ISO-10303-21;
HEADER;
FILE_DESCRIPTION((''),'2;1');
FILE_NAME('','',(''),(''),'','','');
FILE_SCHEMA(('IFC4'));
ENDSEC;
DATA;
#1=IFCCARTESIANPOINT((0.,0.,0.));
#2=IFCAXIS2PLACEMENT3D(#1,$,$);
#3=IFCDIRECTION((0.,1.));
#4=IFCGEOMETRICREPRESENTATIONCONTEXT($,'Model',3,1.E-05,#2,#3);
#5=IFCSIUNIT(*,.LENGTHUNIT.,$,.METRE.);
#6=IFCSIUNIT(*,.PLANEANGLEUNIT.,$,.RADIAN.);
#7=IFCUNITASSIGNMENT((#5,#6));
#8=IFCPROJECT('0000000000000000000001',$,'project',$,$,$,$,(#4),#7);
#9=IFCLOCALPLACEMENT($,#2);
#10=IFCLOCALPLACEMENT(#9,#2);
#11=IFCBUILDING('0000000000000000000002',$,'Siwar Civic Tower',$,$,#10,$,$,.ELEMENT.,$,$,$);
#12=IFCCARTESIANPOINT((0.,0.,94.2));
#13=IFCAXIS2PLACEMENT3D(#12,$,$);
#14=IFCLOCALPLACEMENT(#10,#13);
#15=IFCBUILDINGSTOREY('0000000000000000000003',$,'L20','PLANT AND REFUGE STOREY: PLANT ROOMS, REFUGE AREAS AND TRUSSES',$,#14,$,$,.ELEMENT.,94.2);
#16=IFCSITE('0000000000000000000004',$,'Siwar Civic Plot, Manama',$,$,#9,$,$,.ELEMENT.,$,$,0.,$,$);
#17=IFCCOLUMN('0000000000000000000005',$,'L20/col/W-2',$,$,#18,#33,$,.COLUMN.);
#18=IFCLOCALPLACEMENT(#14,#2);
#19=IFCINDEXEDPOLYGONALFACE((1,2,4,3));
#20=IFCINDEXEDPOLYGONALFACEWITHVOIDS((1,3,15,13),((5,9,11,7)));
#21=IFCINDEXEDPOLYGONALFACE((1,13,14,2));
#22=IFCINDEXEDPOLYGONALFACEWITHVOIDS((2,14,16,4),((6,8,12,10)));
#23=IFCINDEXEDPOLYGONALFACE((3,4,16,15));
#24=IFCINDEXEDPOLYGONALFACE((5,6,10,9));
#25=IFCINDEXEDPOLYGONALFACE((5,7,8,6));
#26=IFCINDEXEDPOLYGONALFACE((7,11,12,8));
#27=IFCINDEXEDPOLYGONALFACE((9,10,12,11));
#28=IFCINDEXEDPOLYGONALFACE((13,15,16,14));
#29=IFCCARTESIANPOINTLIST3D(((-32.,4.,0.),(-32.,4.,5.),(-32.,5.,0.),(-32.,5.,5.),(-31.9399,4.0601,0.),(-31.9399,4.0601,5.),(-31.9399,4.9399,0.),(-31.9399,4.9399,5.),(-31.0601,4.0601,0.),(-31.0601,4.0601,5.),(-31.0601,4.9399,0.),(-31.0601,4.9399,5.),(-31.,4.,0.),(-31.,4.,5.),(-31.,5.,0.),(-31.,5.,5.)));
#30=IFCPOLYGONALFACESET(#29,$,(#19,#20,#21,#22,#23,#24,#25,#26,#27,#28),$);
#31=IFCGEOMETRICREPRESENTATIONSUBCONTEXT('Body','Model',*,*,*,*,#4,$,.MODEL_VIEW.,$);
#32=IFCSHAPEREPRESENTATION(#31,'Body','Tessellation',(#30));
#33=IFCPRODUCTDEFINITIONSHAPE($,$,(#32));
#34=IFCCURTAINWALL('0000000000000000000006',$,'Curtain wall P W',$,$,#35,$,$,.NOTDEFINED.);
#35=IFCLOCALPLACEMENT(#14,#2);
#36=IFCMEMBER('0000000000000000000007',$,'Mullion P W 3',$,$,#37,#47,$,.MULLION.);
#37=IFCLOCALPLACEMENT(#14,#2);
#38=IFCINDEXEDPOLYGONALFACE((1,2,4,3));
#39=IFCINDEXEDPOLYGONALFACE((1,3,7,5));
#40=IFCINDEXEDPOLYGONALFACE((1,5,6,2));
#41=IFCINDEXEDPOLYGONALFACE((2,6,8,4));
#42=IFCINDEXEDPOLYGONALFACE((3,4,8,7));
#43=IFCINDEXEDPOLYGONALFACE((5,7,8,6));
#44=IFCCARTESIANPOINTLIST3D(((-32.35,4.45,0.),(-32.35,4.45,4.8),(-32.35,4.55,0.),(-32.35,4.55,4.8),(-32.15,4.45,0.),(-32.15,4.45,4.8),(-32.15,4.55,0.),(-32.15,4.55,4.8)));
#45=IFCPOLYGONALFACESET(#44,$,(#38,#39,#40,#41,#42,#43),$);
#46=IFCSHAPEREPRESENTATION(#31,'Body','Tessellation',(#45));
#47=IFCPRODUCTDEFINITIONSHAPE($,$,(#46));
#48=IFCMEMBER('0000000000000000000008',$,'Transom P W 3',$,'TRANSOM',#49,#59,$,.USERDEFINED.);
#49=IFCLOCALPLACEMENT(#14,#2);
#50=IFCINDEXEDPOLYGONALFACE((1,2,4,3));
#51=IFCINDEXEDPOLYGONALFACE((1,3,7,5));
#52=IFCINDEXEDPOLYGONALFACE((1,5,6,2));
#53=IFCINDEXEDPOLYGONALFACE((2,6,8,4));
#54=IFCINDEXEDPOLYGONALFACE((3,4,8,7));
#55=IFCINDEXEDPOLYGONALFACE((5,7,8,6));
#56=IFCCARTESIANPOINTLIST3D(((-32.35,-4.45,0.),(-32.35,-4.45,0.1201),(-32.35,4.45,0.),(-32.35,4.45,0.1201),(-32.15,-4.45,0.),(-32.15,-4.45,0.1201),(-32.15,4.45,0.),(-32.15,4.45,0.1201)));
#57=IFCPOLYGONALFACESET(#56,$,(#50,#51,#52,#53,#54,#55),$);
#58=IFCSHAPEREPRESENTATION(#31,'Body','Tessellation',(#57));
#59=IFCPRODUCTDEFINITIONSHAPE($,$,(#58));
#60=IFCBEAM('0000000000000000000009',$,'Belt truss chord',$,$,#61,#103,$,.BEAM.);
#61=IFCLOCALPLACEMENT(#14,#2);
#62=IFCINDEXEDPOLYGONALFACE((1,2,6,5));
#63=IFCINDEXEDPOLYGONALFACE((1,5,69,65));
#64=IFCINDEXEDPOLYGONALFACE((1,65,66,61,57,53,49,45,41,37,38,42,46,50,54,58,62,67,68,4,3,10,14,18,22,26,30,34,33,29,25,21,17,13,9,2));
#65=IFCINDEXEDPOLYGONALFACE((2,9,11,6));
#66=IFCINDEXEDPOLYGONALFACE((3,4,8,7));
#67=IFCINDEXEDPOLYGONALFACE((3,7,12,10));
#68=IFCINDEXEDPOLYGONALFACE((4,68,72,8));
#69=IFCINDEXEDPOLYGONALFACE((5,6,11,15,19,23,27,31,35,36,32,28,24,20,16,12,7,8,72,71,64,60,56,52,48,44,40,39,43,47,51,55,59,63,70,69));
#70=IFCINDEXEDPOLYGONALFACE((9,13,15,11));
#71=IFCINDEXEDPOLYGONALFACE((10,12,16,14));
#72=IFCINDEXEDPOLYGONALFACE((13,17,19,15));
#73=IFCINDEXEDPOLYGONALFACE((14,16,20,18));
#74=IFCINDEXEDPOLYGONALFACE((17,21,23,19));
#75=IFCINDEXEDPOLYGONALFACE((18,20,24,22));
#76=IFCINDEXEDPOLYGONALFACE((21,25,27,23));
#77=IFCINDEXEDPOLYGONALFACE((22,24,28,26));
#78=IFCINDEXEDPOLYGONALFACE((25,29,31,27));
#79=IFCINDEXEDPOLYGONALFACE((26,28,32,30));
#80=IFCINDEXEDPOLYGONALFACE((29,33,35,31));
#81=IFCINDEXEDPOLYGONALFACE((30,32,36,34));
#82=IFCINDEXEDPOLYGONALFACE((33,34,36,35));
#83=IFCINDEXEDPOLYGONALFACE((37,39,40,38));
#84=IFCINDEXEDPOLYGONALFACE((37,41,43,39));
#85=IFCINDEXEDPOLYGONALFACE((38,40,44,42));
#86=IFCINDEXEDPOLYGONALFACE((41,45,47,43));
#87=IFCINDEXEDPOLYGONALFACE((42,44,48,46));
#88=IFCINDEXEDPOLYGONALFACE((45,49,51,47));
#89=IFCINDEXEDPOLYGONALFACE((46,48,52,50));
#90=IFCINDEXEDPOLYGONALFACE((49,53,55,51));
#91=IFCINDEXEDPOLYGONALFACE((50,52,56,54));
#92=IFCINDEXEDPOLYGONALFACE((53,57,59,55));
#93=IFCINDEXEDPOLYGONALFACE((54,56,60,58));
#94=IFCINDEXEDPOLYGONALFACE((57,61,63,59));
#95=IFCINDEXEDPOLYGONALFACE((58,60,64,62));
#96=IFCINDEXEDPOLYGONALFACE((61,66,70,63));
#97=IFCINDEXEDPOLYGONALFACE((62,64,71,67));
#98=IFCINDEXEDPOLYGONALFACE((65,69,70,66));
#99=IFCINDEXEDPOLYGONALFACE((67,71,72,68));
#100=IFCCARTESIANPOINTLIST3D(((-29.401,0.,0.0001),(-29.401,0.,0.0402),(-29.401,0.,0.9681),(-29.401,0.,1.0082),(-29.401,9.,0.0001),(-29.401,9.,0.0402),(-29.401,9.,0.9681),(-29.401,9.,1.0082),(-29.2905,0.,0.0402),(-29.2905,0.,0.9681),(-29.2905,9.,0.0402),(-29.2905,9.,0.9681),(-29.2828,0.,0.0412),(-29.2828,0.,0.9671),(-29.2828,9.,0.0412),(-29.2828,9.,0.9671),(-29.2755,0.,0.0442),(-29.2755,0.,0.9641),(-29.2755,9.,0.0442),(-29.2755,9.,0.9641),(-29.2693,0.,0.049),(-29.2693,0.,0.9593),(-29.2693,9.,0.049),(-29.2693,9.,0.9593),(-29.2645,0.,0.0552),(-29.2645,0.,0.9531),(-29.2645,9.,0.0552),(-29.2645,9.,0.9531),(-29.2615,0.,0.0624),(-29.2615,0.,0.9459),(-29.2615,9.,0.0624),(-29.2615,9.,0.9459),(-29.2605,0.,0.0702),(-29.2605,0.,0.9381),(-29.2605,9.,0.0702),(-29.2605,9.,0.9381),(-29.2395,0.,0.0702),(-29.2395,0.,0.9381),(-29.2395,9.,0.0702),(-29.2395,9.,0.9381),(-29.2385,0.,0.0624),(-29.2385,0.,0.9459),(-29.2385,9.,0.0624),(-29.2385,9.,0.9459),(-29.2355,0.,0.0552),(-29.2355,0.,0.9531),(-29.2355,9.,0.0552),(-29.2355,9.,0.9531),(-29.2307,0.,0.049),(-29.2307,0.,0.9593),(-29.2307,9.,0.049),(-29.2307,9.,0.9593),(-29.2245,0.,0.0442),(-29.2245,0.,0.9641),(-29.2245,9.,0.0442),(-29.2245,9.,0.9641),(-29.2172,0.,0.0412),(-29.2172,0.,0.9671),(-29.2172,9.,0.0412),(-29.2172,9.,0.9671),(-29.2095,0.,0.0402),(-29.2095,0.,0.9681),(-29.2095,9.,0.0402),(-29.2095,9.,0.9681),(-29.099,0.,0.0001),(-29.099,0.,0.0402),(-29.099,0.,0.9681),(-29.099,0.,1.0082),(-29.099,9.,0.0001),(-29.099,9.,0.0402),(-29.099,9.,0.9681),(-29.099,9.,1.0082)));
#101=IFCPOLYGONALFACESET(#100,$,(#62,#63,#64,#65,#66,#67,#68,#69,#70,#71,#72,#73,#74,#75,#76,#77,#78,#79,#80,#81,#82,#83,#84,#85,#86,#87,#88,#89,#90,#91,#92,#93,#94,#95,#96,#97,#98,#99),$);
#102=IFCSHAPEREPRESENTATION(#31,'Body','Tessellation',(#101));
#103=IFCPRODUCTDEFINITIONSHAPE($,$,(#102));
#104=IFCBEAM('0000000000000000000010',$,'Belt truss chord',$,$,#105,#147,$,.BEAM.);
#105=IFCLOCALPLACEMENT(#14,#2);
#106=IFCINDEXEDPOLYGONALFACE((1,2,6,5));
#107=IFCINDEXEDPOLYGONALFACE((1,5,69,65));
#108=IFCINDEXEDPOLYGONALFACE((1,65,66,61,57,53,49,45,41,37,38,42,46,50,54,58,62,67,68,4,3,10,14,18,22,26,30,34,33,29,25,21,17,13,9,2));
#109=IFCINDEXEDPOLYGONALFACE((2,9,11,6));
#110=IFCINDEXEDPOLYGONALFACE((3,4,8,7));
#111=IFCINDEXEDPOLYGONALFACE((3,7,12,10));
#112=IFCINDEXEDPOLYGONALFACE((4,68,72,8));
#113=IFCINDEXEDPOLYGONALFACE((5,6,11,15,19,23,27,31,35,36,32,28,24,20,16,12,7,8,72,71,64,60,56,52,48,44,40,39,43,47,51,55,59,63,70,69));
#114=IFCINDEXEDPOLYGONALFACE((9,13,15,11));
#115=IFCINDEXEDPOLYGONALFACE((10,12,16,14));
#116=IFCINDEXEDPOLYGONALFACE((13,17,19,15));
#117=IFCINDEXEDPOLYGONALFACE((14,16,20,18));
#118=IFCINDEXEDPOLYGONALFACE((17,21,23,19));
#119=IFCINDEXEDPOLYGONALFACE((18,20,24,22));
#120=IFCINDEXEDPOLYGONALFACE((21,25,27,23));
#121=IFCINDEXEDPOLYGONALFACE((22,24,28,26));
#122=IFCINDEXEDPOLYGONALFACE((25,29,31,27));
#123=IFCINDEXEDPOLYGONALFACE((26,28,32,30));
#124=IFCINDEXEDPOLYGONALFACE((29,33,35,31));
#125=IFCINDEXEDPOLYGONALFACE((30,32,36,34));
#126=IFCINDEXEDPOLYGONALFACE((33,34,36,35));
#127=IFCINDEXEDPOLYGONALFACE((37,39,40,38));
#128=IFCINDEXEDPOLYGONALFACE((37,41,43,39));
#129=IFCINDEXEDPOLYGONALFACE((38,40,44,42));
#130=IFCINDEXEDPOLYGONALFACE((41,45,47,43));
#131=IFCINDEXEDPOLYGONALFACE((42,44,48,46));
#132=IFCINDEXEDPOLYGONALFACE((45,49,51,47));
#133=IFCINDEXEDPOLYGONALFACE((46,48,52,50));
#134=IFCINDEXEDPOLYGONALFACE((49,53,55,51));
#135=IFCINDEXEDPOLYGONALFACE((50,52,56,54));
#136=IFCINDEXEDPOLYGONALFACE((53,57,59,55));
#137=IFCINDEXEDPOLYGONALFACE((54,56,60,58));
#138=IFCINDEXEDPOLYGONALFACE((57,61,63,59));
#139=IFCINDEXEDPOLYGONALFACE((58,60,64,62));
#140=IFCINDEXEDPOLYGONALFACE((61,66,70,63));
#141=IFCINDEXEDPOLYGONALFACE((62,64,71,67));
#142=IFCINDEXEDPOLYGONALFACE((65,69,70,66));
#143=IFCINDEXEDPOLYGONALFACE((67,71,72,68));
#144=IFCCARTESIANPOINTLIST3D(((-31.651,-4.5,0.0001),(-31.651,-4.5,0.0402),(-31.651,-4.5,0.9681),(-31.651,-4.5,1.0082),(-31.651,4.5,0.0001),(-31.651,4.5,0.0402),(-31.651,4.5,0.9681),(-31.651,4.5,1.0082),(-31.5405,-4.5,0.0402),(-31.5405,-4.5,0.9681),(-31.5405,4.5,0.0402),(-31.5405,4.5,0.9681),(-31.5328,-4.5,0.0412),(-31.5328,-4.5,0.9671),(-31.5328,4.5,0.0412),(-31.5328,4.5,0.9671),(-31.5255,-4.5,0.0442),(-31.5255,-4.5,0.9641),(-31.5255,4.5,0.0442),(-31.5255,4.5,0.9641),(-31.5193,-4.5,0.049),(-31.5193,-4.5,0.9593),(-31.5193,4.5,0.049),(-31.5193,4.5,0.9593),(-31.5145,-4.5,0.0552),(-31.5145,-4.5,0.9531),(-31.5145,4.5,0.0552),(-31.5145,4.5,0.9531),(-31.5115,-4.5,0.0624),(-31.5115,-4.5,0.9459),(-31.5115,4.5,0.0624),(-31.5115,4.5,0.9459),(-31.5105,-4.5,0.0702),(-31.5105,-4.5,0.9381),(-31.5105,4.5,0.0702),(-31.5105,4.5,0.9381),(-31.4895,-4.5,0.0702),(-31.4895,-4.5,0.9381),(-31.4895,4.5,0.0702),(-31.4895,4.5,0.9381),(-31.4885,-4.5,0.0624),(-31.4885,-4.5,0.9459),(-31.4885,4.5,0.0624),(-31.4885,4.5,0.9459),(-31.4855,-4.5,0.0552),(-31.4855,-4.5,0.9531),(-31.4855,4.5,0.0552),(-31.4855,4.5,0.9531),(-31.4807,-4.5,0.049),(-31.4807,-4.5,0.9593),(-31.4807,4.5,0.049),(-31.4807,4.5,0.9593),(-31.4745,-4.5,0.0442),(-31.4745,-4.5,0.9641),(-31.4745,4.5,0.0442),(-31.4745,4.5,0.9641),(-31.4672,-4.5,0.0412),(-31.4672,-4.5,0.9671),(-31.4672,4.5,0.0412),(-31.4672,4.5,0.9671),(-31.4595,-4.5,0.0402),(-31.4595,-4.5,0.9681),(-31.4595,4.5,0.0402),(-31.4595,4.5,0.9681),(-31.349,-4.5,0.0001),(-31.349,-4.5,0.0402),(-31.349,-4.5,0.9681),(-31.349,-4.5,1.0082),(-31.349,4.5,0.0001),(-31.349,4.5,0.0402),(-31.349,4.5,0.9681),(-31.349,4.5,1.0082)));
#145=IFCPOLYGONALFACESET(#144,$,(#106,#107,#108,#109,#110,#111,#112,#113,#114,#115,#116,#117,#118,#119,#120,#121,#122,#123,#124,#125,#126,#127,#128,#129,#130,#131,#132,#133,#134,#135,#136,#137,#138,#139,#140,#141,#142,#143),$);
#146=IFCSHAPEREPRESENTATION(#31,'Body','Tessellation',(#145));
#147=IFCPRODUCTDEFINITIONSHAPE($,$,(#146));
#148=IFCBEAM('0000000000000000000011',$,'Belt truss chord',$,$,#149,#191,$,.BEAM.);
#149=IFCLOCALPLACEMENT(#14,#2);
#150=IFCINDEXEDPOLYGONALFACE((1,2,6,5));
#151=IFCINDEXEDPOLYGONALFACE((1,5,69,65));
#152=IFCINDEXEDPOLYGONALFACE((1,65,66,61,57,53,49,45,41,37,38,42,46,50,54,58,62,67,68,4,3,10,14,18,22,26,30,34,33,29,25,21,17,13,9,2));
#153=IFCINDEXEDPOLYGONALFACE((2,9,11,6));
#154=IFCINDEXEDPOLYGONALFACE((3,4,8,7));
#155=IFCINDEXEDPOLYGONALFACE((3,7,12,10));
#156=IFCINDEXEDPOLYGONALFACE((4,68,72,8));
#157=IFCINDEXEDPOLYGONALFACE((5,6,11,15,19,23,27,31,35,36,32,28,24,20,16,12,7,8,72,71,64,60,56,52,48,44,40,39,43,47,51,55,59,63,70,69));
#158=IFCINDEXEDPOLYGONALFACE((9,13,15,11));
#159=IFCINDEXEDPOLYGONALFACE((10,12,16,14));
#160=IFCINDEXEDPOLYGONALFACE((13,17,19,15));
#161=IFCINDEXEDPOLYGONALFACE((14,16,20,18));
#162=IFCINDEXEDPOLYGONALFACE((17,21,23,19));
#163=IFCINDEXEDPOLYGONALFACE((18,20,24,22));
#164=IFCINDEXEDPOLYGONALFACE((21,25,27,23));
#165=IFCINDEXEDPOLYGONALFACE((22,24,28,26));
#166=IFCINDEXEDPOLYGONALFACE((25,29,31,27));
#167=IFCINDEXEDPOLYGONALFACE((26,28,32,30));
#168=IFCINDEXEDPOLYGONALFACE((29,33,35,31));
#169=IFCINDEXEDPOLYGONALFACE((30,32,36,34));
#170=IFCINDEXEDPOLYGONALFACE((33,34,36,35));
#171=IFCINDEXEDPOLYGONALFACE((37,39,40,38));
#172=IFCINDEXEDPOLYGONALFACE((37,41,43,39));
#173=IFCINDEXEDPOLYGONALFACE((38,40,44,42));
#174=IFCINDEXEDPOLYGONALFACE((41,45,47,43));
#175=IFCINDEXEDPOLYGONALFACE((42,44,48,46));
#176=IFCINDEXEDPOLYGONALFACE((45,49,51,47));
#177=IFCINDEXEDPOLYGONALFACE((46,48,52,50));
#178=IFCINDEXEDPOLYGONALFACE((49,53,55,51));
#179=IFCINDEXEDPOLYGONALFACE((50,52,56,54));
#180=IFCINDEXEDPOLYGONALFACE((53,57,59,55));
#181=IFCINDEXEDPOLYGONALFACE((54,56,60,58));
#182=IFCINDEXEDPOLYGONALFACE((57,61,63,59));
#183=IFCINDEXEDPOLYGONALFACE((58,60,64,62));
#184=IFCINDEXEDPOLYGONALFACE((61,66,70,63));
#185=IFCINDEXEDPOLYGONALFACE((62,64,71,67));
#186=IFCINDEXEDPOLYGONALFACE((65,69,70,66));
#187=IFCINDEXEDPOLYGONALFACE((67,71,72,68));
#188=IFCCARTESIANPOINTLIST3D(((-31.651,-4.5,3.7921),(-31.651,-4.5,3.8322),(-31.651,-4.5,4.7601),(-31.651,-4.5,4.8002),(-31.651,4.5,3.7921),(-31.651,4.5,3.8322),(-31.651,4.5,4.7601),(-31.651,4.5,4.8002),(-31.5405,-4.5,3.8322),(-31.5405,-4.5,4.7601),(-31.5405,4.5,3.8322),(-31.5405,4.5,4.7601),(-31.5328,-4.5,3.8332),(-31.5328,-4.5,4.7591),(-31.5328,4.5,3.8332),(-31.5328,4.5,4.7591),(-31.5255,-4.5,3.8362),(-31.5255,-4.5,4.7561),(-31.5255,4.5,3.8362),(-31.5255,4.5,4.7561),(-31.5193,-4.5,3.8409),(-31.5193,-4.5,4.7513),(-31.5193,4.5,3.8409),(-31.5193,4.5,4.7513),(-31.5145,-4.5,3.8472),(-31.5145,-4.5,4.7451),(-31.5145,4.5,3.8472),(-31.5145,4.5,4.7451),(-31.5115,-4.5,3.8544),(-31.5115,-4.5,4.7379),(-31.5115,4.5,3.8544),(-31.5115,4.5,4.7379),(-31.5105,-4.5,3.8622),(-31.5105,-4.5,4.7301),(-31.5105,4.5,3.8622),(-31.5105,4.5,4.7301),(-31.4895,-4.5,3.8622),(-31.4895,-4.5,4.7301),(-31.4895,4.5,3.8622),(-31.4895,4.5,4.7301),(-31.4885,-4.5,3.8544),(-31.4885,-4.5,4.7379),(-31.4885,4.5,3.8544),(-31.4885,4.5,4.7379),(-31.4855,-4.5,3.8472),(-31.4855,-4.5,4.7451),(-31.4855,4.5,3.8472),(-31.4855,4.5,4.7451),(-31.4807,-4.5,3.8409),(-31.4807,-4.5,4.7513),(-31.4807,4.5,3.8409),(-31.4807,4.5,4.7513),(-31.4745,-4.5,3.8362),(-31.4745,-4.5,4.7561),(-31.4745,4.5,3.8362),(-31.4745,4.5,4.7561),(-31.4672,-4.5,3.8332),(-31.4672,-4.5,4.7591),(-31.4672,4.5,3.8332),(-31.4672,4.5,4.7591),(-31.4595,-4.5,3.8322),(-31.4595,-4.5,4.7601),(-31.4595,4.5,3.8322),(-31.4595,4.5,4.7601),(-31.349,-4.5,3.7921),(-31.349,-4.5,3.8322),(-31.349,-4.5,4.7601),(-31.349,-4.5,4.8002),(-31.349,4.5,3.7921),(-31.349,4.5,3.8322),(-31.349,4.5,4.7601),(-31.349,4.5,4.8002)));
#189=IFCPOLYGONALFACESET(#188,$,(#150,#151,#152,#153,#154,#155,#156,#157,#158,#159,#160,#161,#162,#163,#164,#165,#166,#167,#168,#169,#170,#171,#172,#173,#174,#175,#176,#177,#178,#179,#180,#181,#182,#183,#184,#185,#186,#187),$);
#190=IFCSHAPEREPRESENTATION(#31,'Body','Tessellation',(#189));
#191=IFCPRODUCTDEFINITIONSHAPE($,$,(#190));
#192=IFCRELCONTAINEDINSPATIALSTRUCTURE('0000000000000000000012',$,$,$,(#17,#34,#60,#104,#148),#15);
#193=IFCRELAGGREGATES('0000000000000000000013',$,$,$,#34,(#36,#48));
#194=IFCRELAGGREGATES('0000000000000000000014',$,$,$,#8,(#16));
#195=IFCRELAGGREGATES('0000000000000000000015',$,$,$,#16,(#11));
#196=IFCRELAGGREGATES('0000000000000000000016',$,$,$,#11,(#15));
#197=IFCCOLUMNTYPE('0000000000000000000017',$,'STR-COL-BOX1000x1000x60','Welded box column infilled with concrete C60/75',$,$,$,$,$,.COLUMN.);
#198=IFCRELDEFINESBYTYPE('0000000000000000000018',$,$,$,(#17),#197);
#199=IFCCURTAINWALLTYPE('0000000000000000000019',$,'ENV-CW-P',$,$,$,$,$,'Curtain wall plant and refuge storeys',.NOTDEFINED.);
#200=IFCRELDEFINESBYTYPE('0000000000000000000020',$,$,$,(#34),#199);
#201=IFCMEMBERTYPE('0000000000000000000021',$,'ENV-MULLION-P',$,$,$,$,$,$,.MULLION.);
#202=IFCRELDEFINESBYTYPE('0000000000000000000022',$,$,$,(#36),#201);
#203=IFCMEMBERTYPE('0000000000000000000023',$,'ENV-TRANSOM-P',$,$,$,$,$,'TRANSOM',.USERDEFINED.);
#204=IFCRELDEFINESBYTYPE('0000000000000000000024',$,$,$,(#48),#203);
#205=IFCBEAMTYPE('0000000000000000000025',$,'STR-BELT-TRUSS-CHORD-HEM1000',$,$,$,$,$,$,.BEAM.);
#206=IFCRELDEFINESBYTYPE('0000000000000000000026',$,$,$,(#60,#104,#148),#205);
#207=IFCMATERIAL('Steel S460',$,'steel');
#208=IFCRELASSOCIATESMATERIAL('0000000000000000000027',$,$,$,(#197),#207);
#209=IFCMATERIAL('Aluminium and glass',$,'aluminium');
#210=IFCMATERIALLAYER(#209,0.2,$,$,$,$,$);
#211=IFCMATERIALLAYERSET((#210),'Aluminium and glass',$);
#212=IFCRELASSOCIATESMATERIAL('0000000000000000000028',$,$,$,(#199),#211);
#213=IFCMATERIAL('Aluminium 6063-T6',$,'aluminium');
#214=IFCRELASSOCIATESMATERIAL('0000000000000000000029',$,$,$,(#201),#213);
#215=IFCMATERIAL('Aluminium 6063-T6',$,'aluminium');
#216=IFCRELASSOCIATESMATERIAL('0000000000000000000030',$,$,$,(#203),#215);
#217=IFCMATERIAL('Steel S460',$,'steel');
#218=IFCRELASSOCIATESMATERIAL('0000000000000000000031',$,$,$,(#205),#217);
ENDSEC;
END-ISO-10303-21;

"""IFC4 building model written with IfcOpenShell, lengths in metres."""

from ifc_helpers import new_model, si_unit, direction, frame, origin, origin_2d, place, context, subcontext, project, spatial, rectangle, hollow_rectangle, i_section, extrude, material, layer, layer_set, material_profile, profile_set, type_object, element, aggregate, save


model = new_model("IFC4")

# Units and contexts
model_context = context("Model", 3, precision=1e-05, world=origin(), true_north=direction((0.0, 1.0)))
body_context = subcontext(model_context, "Body", "Model", "MODEL_VIEW")
ifc_project = project(units=[si_unit("LENGTHUNIT", "METRE"), si_unit("PLANEANGLEUNIT", "RADIAN")], contexts=[model_context])

# Site, building, storey
site_placement = place(None, origin())
site = spatial("IfcSite", under=ifc_project, at=site_placement, Name="Siwar Civic Plot, Manama", CompositionType="ELEMENT", RefElevation=0.0)
building_placement = place(site_placement, origin())
building = spatial("IfcBuilding", under=site, at=building_placement, Name="Siwar Civic Tower", CompositionType="ELEMENT")
storey_placement = place(building_placement, frame((0.0, 0.0, 94.2)))
storey = spatial("IfcBuildingStorey", under=building, at=storey_placement, Name="L20", Description="PLANT AND REFUGE STOREY: PLANT ROOMS, REFUGE AREAS AND TRUSSES", CompositionType="ELEMENT", Elevation=94.2)

# Column
ifc_material_1 = material(Name="Steel S460", Category="steel")
ifc_material_profile_1 = material_profile(ifc_material_1, hollow_rectangle(XDim=1.0, YDim=1.0, WallThickness=0.0601, at=origin_2d()), Name="BOX1000x1000x60")
ifc_profile_set_1 = profile_set([ifc_material_profile_1], Name="Steel S460")
column_type = type_object("IfcColumnType", Name="STR-COL-BOX1000x1000x60", Description="Welded box column infilled with concrete C60/75", PredefinedType="COLUMN", material=ifc_profile_set_1)
column_placement = place(storey_placement, frame((-31.5, 4.5, 0.0), z_axis=(0.0, 0.0, 1.0), x_axis=(1.0, 0.0, 0.0)))
element("IfcColumn", 1, at=column_placement, inside=storey, type_object=column_type, Name="L20/col/W-2", PredefinedType="COLUMN", context=body_context, shape_type="SweptSolid", body=[
    extrude(hollow_rectangle(XDim=1.0, YDim=1.0, WallThickness=0.0601, at=origin_2d()), origin(), (0.0, 0.0, 1.0), 5.0),
])

# Curtain wall, members
ifc_material_2 = material(Name="Aluminium and glass", Category="aluminium")
ifc_layer_1 = layer(ifc_material_2, 0.2)
ifc_layer_set_1 = layer_set([ifc_layer_1], Name="Aluminium and glass")
curtain_wall_type = type_object("IfcCurtainWallType", Name="ENV-CW-P", ElementType="Curtain wall plant and refuge storeys", PredefinedType="NOTDEFINED", material=ifc_layer_set_1)
curtain_wall_placement = place(storey_placement, origin())
curtain_wall = element("IfcCurtainWall", 2, at=curtain_wall_placement, inside=storey, type_object=curtain_wall_type, Name="Curtain wall P W", PredefinedType="NOTDEFINED")
ifc_material_3 = material(Name="Aluminium 6063-T6", Category="aluminium")
ifc_material_profile_2 = material_profile(ifc_material_3, rectangle(XDim=0.2, YDim=0.1001, at=origin_2d()), Name="AL 200x100")
ifc_profile_set_2 = profile_set([ifc_material_profile_2], Name="Aluminium 6063-T6")
member_type_1 = type_object("IfcMemberType", Name="ENV-MULLION-P", PredefinedType="MULLION", material=ifc_profile_set_2)
member_1_placement = place(storey_placement, frame((-32.25, 4.5, 0.0), z_axis=(0.0, 0.0, 1.0), x_axis=(1.0, 0.0, 0.0)))
member_1 = element("IfcMember", 3, at=member_1_placement, type_object=member_type_1, Name="Mullion P W 3", PredefinedType="MULLION", context=body_context, shape_type="SweptSolid", body=[
    extrude(rectangle(XDim=0.2, YDim=0.1001, at=origin_2d()), origin(), (0.0, 0.0, 1.0), 4.8),
])
ifc_material_4 = material(Name="Aluminium 6063-T6", Category="aluminium")
ifc_material_profile_3 = material_profile(ifc_material_4, rectangle(XDim=0.2, YDim=0.1201, at=origin_2d()), Name="AL 200x120")
ifc_profile_set_3 = profile_set([ifc_material_profile_3], Name="Aluminium 6063-T6")
member_type_2 = type_object("IfcMemberType", Name="ENV-TRANSOM-P", ElementType="TRANSOM", PredefinedType="USERDEFINED", material=ifc_profile_set_3)
member_2_placement = place(storey_placement, frame((-32.25, 4.45, 0.0601), z_axis=(0.0, -1.0, 0.0), x_axis=(1.0, 0.0, 0.0)))
member_2 = element("IfcMember", 4, at=member_2_placement, type_object=member_type_2, Name="Transom P W 3", ObjectType="TRANSOM", PredefinedType="USERDEFINED", context=body_context, shape_type="SweptSolid", body=[
    extrude(rectangle(XDim=0.2, YDim=0.1201, at=origin_2d()), origin(), (0.0, 0.0, 1.0), 8.8999),
])

# Beams
ifc_material_5 = material(Name="Steel S460", Category="steel")
ifc_material_profile_4 = material_profile(ifc_material_5, i_section(OverallWidth=0.302, OverallDepth=1.0081, WebThickness=0.021, FlangeThickness=0.04, FilletRadius=0.03, at=origin_2d()), Name="HEM1000")
ifc_profile_set_4 = profile_set([ifc_material_profile_4], Name="Steel S460")
beam_type_1 = type_object("IfcBeamType", Name="STR-BELT-TRUSS-CHORD-HEM1000", PredefinedType="BEAM", material=ifc_profile_set_4)
for number, where, z_axis, x_axis, name in (
    (5, (-29.25, 9.0, 0.5042), (0.0, -1.0, 0.0), (1.0, 0.0, 0.0), "Belt truss chord"),
    (6, (-31.5, 4.5, 0.5042), (0.0, -1.0, 0.0), (1.0, 0.0, 0.0), "Belt truss chord"),
    (7, (-31.5, 4.5, 4.2961), (0.0, -1.0, 0.0), (1.0, 0.0, 0.0), "Belt truss chord"),
):
    element("IfcBeam", number, at=place(storey_placement, frame(where, z_axis=z_axis, x_axis=x_axis)), inside=storey, type_object=beam_type_1, Name=name, PredefinedType="BEAM", context=body_context, shape_type="SweptSolid", body=[
        extrude(i_section(OverallWidth=0.302, OverallDepth=1.0081, WebThickness=0.021, FlangeThickness=0.04, FilletRadius=0.03, at=origin_2d()), origin(), (0.0, 0.0, 1.0), 9.0),
    ])

aggregate(curtain_wall, [member_1, member_2])

save(model, "model.ifc")
